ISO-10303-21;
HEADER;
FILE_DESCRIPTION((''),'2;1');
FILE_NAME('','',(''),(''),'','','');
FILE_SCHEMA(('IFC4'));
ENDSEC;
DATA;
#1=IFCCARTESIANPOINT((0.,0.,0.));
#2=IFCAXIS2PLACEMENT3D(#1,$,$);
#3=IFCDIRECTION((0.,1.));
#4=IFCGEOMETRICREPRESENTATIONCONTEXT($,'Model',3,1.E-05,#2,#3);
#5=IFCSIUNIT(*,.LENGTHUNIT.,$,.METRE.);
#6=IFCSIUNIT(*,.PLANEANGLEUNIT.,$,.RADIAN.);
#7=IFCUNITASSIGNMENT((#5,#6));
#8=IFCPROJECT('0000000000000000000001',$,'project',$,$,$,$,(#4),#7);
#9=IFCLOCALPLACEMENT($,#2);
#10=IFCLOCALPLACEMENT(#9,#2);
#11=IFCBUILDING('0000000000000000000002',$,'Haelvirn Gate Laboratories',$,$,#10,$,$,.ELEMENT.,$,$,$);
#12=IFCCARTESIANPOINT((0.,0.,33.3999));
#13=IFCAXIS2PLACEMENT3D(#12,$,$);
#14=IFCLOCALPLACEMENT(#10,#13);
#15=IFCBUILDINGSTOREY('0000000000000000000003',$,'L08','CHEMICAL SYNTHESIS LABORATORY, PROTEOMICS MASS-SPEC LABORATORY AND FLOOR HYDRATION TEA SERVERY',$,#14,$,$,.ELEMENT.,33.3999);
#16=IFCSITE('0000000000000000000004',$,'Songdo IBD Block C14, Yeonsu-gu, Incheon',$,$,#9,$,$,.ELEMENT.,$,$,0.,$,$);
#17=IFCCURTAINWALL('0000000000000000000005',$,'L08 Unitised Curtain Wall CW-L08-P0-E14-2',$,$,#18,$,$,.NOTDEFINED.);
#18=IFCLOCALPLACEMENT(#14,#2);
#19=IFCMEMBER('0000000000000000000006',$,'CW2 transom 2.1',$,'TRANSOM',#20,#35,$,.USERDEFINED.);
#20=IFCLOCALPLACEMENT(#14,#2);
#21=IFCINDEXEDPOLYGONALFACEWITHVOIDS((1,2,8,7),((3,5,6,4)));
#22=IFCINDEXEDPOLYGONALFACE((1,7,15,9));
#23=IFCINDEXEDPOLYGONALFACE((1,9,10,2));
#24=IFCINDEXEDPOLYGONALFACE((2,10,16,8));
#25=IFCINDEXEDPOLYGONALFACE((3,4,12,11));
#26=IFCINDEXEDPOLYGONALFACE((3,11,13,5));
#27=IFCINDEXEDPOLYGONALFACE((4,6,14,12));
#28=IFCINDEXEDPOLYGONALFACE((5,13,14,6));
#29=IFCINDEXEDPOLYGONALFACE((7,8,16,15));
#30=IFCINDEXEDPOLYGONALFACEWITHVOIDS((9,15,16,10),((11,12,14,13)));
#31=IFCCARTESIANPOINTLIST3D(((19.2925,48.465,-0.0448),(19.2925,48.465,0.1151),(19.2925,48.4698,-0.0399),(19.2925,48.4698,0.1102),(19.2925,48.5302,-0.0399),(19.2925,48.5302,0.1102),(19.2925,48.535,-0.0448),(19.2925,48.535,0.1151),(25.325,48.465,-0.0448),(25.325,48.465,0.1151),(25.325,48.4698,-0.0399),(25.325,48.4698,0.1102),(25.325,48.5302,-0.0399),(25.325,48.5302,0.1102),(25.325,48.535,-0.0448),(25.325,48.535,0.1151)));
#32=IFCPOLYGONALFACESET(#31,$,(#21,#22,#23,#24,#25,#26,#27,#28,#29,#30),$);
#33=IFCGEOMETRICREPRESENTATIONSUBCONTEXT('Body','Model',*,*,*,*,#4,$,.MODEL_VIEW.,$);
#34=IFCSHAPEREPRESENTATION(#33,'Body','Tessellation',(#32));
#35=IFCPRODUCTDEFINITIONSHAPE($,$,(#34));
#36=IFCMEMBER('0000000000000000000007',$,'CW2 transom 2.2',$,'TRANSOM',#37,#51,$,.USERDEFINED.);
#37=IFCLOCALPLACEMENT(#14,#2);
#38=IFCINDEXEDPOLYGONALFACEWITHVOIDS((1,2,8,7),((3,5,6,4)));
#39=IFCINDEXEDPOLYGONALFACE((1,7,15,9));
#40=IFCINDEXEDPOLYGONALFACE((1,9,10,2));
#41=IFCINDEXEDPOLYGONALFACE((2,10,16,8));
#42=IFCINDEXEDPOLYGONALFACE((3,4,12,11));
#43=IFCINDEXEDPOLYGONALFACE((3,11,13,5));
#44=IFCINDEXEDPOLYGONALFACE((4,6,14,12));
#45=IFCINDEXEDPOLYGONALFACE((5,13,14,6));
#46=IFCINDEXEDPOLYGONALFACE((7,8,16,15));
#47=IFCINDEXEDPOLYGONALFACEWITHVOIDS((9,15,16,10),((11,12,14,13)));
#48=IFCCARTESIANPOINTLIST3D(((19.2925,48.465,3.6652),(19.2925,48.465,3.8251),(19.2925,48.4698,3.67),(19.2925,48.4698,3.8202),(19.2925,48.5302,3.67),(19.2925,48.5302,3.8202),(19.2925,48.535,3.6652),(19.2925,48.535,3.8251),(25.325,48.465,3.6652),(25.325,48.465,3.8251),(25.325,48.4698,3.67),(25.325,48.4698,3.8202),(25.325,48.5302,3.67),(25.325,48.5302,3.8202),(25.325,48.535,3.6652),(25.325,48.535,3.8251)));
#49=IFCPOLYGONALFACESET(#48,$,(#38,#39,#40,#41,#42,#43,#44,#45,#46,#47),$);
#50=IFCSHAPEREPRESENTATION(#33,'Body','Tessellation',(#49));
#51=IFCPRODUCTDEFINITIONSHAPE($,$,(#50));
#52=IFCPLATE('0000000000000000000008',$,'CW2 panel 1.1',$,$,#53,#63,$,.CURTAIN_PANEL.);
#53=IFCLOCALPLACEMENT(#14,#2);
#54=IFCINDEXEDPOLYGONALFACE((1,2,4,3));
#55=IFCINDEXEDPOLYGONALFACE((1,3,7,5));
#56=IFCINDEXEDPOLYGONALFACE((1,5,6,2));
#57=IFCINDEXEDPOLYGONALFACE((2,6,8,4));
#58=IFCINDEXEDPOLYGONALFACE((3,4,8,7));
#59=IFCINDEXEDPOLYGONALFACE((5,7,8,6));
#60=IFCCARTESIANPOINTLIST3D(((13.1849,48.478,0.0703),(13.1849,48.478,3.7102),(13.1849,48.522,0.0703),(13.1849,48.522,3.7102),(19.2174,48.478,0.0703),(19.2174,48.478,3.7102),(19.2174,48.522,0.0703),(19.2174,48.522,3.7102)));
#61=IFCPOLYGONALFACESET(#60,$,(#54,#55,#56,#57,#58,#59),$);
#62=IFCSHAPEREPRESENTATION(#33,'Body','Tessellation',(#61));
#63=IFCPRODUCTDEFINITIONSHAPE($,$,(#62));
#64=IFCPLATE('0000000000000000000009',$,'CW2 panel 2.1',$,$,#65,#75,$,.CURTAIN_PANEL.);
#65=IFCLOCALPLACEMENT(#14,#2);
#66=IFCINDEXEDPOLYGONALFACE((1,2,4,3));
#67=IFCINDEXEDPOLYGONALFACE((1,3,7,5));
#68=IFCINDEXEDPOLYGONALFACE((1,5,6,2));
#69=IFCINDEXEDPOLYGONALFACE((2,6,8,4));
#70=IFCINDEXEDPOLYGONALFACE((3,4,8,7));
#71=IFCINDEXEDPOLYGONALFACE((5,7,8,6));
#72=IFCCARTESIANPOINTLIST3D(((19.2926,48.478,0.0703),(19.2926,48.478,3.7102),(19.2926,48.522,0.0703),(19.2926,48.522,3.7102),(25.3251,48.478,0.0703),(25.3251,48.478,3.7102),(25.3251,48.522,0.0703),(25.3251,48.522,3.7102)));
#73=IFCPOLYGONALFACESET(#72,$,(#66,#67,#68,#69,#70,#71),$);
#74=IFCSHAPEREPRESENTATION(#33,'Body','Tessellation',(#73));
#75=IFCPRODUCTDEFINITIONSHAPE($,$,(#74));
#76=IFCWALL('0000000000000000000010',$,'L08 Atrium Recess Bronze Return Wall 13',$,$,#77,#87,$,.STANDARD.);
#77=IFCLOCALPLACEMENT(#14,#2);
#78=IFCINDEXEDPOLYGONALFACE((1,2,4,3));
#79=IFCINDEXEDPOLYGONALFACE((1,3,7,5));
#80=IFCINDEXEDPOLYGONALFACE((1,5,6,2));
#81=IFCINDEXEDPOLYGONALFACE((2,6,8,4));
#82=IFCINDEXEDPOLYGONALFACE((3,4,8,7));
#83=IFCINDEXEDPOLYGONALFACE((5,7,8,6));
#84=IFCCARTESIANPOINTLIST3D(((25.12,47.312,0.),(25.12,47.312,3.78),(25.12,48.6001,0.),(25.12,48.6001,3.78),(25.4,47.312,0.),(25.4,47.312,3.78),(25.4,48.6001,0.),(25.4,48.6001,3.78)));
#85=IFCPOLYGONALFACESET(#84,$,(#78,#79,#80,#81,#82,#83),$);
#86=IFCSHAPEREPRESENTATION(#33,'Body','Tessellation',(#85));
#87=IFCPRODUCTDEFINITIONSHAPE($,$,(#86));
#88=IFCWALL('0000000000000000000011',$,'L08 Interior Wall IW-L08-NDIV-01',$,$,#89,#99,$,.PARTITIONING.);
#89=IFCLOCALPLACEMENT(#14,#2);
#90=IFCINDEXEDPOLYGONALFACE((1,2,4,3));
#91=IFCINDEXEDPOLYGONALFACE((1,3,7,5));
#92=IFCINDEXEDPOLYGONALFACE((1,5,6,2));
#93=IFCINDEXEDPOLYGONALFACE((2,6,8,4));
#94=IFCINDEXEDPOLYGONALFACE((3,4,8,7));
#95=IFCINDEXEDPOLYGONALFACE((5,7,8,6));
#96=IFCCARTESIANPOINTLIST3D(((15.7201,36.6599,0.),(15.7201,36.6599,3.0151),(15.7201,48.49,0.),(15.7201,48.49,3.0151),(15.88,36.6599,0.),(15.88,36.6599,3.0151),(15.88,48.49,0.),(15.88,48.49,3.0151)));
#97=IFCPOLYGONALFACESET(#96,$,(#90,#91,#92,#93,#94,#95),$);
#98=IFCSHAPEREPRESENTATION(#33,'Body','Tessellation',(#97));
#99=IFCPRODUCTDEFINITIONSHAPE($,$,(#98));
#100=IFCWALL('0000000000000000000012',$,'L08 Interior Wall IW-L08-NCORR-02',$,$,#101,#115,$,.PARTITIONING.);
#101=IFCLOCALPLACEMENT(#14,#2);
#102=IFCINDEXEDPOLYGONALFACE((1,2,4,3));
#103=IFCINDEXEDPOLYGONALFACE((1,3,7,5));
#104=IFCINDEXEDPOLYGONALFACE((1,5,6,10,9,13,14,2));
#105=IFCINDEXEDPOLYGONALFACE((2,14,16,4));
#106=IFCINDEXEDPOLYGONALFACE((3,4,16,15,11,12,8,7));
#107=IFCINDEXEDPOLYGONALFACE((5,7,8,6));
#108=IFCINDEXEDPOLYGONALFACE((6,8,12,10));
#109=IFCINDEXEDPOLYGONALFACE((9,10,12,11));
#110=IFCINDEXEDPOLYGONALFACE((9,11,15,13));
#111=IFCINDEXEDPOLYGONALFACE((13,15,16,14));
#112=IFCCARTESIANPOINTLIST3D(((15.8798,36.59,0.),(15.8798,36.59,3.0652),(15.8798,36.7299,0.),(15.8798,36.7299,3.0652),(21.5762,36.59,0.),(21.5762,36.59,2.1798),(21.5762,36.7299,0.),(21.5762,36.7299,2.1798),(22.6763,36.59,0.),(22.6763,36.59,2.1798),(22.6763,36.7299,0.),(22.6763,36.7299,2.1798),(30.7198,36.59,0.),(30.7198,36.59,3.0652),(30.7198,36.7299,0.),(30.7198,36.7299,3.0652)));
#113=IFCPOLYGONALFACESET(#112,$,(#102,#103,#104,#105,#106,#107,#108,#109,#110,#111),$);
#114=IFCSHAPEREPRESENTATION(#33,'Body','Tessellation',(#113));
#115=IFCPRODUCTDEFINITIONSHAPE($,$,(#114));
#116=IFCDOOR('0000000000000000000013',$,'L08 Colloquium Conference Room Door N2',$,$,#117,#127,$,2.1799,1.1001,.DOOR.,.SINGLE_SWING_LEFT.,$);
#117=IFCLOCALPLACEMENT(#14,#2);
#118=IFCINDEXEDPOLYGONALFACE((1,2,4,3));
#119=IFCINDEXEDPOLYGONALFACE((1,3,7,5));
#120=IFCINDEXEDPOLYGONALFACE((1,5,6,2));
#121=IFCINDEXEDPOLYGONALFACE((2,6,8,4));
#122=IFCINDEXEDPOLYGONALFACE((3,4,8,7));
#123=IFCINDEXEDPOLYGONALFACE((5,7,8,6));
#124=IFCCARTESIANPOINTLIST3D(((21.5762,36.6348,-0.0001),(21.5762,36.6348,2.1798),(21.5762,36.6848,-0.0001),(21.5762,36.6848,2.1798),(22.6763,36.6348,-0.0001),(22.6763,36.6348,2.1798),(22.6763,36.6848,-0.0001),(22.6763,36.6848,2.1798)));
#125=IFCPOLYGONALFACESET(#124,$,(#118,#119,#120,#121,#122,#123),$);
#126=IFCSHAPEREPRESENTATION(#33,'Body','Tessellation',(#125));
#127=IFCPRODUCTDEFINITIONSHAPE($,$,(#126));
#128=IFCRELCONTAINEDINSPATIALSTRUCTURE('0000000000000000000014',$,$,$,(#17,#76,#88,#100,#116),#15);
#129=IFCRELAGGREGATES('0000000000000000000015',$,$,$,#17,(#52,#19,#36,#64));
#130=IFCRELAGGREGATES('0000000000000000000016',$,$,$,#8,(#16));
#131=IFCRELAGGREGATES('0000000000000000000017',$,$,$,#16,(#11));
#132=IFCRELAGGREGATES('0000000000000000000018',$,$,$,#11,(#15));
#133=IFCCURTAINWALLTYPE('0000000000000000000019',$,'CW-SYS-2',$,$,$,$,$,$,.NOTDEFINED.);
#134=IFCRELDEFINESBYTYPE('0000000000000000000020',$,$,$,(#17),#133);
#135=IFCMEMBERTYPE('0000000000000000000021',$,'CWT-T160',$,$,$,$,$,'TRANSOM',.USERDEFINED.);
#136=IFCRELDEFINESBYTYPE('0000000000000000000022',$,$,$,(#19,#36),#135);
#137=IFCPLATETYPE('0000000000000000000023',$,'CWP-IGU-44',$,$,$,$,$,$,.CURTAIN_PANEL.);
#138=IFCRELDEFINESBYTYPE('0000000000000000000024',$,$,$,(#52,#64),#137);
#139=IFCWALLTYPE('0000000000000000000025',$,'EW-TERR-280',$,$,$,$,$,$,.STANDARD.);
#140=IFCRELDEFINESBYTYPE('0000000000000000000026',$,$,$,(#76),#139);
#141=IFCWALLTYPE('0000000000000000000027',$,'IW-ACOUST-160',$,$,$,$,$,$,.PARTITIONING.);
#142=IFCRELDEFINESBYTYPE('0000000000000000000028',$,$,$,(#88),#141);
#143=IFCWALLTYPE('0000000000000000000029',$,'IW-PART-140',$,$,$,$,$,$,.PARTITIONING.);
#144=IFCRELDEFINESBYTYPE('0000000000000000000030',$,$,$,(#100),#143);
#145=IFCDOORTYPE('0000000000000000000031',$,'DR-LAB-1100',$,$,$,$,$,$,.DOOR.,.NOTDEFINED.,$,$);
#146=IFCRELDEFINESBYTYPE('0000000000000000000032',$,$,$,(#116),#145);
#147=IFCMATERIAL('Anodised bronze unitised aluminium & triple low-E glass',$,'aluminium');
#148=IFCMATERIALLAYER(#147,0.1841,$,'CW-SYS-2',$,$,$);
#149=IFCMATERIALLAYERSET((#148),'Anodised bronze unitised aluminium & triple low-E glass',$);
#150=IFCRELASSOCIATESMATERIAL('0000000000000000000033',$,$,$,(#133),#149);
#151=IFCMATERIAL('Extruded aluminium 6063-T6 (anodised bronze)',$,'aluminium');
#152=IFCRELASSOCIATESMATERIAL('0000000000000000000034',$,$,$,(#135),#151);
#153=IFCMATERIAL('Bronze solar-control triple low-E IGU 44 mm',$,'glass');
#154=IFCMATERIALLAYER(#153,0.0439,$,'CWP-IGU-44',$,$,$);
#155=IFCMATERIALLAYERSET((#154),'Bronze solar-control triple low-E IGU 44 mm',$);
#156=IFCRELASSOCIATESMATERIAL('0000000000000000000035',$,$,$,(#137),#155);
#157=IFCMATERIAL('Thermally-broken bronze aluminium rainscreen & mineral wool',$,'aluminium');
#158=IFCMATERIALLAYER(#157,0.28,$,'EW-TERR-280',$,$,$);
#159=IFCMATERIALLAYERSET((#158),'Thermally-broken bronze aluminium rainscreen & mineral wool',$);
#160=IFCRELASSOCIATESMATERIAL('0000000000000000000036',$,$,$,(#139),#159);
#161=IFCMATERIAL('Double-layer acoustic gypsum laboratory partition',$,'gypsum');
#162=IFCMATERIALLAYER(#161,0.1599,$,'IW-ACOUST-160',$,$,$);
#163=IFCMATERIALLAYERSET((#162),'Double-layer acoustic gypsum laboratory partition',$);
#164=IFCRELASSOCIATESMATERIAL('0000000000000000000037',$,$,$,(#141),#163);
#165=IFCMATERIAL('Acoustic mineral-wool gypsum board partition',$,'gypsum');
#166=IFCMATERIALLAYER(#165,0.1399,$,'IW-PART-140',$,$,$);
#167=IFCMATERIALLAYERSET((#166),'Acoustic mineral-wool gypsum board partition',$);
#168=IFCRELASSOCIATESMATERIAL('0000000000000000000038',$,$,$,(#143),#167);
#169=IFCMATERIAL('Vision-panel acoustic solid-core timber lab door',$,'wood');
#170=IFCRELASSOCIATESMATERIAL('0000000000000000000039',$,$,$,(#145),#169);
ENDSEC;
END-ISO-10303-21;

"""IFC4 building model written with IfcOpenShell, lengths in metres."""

from ifc_helpers import new_model, si_unit, direction, frame, frame_2d, origin, origin_2d, place, context, subcontext, project, spatial, rectangle, hollow_rectangle, extrude, source, transform, mapped, material, layer, layer_set, material_profile, profile_set, type_object, type_shapes, element, fill, aggregate, save


model = new_model("IFC4")

# Units and contexts
model_context = context("Model", 3, precision=1e-05, world=origin(), true_north=direction((0.0, 1.0)))
body_context = subcontext(model_context, "Body", "Model", "MODEL_VIEW")
ifc_project = project(units=[si_unit("LENGTHUNIT", "METRE"), si_unit("PLANEANGLEUNIT", "RADIAN")], contexts=[model_context])

# Site, building, storey
site_placement = place(None, origin())
site = spatial("IfcSite", under=ifc_project, at=site_placement, Name="Songdo IBD Block C14, Yeonsu-gu, Incheon", CompositionType="ELEMENT", RefElevation=0.0)
building_placement = place(site_placement, origin())
building = spatial("IfcBuilding", under=site, at=building_placement, Name="Haelvirn Gate Laboratories", CompositionType="ELEMENT")
storey_placement = place(building_placement, frame((0.0, 0.0, 33.3999)))
storey = spatial("IfcBuildingStorey", under=building, at=storey_placement, Name="L08", Description="CHEMICAL SYNTHESIS LABORATORY, PROTEOMICS MASS-SPEC LABORATORY AND FLOOR HYDRATION TEA SERVERY", CompositionType="ELEMENT", Elevation=33.3999)

# Shared definitions
ifc_material_1 = material(Name="Anodised bronze unitised aluminium & triple low-E glass", Category="aluminium")
ifc_layer_1 = layer(ifc_material_1, 0.1841, Name="CW-SYS-2")
ifc_layer_set_1 = layer_set([ifc_layer_1], Name="Anodised bronze unitised aluminium & triple low-E glass")
curtain_wall_type = type_object("IfcCurtainWallType", Name="CW-SYS-2", PredefinedType="NOTDEFINED", material=ifc_layer_set_1)
ifc_material_2 = material(Name="Extruded aluminium 6063-T6 (anodised bronze)", Category="aluminium")

# Curtain wall
curtain_wall_1_placement = place(storey_placement, origin())
curtain_wall_1 = element("IfcCurtainWall", 1, at=curtain_wall_1_placement, inside=storey, type_object=curtain_wall_type, Name="L08 Unitised Curtain Wall CW-L08-P0-E14-2", PredefinedType="NOTDEFINED")

# Members
ifc_material_profile_1 = material_profile(ifc_material_2, hollow_rectangle(XDim=0.0701, YDim=0.1599, WallThickness=0.0049, at=origin_2d()), Name="CWT-160x70x5")
ifc_profile_set_1 = profile_set([ifc_material_profile_1], Name="Extruded aluminium 6063-T6 (anodised bronze)")
member_type_1 = type_object("IfcMemberType", Name="CWT-T160", ElementType="TRANSOM", PredefinedType="USERDEFINED", material=ifc_profile_set_1)
shared_shape_1 = source(origin(), body_context, "Body", "SweptSolid", [
    extrude(hollow_rectangle(XDim=0.0701, YDim=0.1599, WallThickness=0.0049, at=origin_2d()), origin(), (0.0, 0.0, 1.0), 6.0325),
])
member_1_placement = place(storey_placement, frame((19.2925, 48.5, 0.0352), z_axis=(1.0, 0.0, 0.0), x_axis=(0.0, 1.0, 0.0)))
member_1 = element("IfcMember", 2, at=member_1_placement, type_object=member_type_1, Name="CW2 transom 2.1", ObjectType="TRANSOM", PredefinedType="USERDEFINED", context=body_context, shape_type="MappedRepresentation", body=[
    mapped(shared_shape_1, transform((0.0, 0.0, 0.0), scale=1.0)),
])
member_2_placement = place(storey_placement, frame((19.2925, 48.5, 3.7451), z_axis=(1.0, 0.0, 0.0), x_axis=(0.0, 1.0, 0.0)))
member_2 = element("IfcMember", 3, at=member_2_placement, type_object=member_type_1, Name="CW2 transom 2.2", ObjectType="TRANSOM", PredefinedType="USERDEFINED", context=body_context, shape_type="MappedRepresentation", body=[
    mapped(shared_shape_1, transform((0.0, 0.0, 0.0), scale=1.0)),
])

# Plates
ifc_material_3 = material(Name="Bronze solar-control triple low-E IGU 44 mm", Category="glass")
ifc_layer_2 = layer(ifc_material_3, 0.0439, Name="CWP-IGU-44")
ifc_layer_set_2 = layer_set([ifc_layer_2], Name="Bronze solar-control triple low-E IGU 44 mm")
plate_type = type_object("IfcPlateType", Name="CWP-IGU-44", PredefinedType="CURTAIN_PANEL", material=ifc_layer_set_2)
shared_shape_2 = source(origin(), body_context, "Body", "SweptSolid", [
    extrude(rectangle(XDim=6.0325, YDim=0.0439, at=origin_2d()), origin(), (0.0, 0.0, 1.0), 3.6399),
])
type_shapes(plate_type, [shared_shape_2])
plate_1_placement = place(storey_placement, frame((16.2012, 48.5, 0.0703), z_axis=(0.0, 0.0, 1.0), x_axis=(1.0, 0.0, 0.0)))
plate_1 = element("IfcPlate", 4, at=plate_1_placement, type_object=plate_type, Name="CW2 panel 1.1", PredefinedType="CURTAIN_PANEL", context=body_context, shape_type="MappedRepresentation", body=[
    mapped(shared_shape_2, transform((0.0, 0.0, 0.0), scale=1.0)),
])
plate_2_placement = place(storey_placement, frame((22.3088, 48.5, 0.0703), z_axis=(0.0, 0.0, 1.0), x_axis=(1.0, 0.0, 0.0)))
plate_2 = element("IfcPlate", 5, at=plate_2_placement, type_object=plate_type, Name="CW2 panel 2.1", PredefinedType="CURTAIN_PANEL", context=body_context, shape_type="MappedRepresentation", body=[
    mapped(shared_shape_2, transform((0.0, 0.0, 0.0), scale=1.0)),
])
aggregate(curtain_wall_1, [plate_1, member_1, member_2, plate_2])

# Walls
ifc_material_4 = material(Name="Thermally-broken bronze aluminium rainscreen & mineral wool", Category="aluminium")
ifc_layer_3 = layer(ifc_material_4, 0.28, Name="EW-TERR-280")
ifc_layer_set_3 = layer_set([ifc_layer_3], Name="Thermally-broken bronze aluminium rainscreen & mineral wool")
wall_type_1 = type_object("IfcWallType", Name="EW-TERR-280", PredefinedType="STANDARD", material=ifc_layer_set_3)
wall_1_placement = place(storey_placement, frame((25.26, 47.312, 0.0), z_axis=(0.0, 0.0, 1.0), x_axis=(0.0, 1.0, 0.0)))
element("IfcWall", 6, at=wall_1_placement, inside=storey, type_object=wall_type_1, Name="L08 Atrium Recess Bronze Return Wall 13", PredefinedType="STANDARD", context=body_context, shape_type="SweptSolid", body=[
    extrude(rectangle(XDim=1.2881, YDim=0.28, at=frame_2d((0.644, 0.0))), origin(), (0.0, 0.0, 1.0), 3.78),
])
ifc_material_5 = material(Name="Double-layer acoustic gypsum laboratory partition", Category="gypsum")
ifc_layer_4 = layer(ifc_material_5, 0.1599, Name="IW-ACOUST-160")
ifc_layer_set_4 = layer_set([ifc_layer_4], Name="Double-layer acoustic gypsum laboratory partition")
wall_type_2 = type_object("IfcWallType", Name="IW-ACOUST-160", PredefinedType="PARTITIONING", material=ifc_layer_set_4)
wall_2_placement = place(storey_placement, frame((15.8, 36.6599, 0.0), z_axis=(0.0, 0.0, 1.0), x_axis=(0.0, 1.0, 0.0)))
element("IfcWall", 7, at=wall_2_placement, inside=storey, type_object=wall_type_2, Name="L08 Interior Wall IW-L08-NDIV-01", PredefinedType="PARTITIONING", context=body_context, shape_type="SweptSolid", body=[
    extrude(rectangle(XDim=11.8301, YDim=0.1599, at=frame_2d((5.915, 0.0))), origin(), (0.0, 0.0, 1.0), 3.0151),
])

# Wall, opening, door
ifc_material_6 = material(Name="Acoustic mineral-wool gypsum board partition", Category="gypsum")
ifc_layer_5 = layer(ifc_material_6, 0.1399, Name="IW-PART-140")
ifc_layer_set_5 = layer_set([ifc_layer_5], Name="Acoustic mineral-wool gypsum board partition")
wall_type_3 = type_object("IfcWallType", Name="IW-PART-140", PredefinedType="PARTITIONING", material=ifc_layer_set_5)
wall_3_placement = place(storey_placement, frame((15.8799, 36.6599, 0.0), z_axis=(0.0, 0.0, 1.0), x_axis=(1.0, 0.0, 0.0)))
wall_3 = element("IfcWall", 8, at=wall_3_placement, inside=storey, type_object=wall_type_3, Name="L08 Interior Wall IW-L08-NCORR-02", PredefinedType="PARTITIONING", context=body_context, shape_type="SweptSolid", body=[
    extrude(rectangle(XDim=14.8401, YDim=0.1399, at=frame_2d((7.4199, 0.0))), origin(), (0.0, 0.0, 1.0), 3.0652),
])
opening_placement = place(wall_3_placement, frame((5.6963, 0.0, 0.0)))
opening = element("IfcOpeningElement", 9, at=opening_placement, cuts=wall_3, PredefinedType="OPENING", context=body_context, shape_type="SweptSolid", body=[
    extrude(rectangle(XDim=1.1001, YDim=2.1799, at=frame_2d((0.55, 1.0898))), frame((0.0, 0.0801, 0.0), z_axis=(0.0, -1.0, 0.0), x_axis=(1.0, 0.0, 0.0)), (0.0, 0.0, 1.0), 0.1599),
])
ifc_material_7 = material(Name="Vision-panel acoustic solid-core timber lab door", Category="wood")
door_type = type_object("IfcDoorType", Name="DR-LAB-1100", OperationType="NOTDEFINED", PredefinedType="DOOR", material=ifc_material_7)
shared_shape_3 = source(origin(), body_context, "Body", "SweptSolid", [
    extrude(rectangle(XDim=1.1001, YDim=2.1799, at=frame_2d((0.55, 1.0898))), frame((0.0, 0.0249, 0.0), z_axis=(0.0, -1.0, 0.0), x_axis=(1.0, 0.0, 0.0)), (0.0, 0.0, 1.0), 0.05),
])
type_shapes(door_type, [shared_shape_3])
door_placement = place(opening_placement, origin())
door = element("IfcDoor", 10, at=door_placement, inside=storey, type_object=door_type, Name="L08 Colloquium Conference Room Door N2", OperationType="SINGLE_SWING_LEFT", OverallHeight=2.1799, OverallWidth=1.1001, PredefinedType="DOOR", context=body_context, shape_type="MappedRepresentation", body=[
    mapped(shared_shape_3, transform((0.0, 0.0, 0.0), scale=1.0)),
])
fill(opening, door)

save(model, "model.ifc")
